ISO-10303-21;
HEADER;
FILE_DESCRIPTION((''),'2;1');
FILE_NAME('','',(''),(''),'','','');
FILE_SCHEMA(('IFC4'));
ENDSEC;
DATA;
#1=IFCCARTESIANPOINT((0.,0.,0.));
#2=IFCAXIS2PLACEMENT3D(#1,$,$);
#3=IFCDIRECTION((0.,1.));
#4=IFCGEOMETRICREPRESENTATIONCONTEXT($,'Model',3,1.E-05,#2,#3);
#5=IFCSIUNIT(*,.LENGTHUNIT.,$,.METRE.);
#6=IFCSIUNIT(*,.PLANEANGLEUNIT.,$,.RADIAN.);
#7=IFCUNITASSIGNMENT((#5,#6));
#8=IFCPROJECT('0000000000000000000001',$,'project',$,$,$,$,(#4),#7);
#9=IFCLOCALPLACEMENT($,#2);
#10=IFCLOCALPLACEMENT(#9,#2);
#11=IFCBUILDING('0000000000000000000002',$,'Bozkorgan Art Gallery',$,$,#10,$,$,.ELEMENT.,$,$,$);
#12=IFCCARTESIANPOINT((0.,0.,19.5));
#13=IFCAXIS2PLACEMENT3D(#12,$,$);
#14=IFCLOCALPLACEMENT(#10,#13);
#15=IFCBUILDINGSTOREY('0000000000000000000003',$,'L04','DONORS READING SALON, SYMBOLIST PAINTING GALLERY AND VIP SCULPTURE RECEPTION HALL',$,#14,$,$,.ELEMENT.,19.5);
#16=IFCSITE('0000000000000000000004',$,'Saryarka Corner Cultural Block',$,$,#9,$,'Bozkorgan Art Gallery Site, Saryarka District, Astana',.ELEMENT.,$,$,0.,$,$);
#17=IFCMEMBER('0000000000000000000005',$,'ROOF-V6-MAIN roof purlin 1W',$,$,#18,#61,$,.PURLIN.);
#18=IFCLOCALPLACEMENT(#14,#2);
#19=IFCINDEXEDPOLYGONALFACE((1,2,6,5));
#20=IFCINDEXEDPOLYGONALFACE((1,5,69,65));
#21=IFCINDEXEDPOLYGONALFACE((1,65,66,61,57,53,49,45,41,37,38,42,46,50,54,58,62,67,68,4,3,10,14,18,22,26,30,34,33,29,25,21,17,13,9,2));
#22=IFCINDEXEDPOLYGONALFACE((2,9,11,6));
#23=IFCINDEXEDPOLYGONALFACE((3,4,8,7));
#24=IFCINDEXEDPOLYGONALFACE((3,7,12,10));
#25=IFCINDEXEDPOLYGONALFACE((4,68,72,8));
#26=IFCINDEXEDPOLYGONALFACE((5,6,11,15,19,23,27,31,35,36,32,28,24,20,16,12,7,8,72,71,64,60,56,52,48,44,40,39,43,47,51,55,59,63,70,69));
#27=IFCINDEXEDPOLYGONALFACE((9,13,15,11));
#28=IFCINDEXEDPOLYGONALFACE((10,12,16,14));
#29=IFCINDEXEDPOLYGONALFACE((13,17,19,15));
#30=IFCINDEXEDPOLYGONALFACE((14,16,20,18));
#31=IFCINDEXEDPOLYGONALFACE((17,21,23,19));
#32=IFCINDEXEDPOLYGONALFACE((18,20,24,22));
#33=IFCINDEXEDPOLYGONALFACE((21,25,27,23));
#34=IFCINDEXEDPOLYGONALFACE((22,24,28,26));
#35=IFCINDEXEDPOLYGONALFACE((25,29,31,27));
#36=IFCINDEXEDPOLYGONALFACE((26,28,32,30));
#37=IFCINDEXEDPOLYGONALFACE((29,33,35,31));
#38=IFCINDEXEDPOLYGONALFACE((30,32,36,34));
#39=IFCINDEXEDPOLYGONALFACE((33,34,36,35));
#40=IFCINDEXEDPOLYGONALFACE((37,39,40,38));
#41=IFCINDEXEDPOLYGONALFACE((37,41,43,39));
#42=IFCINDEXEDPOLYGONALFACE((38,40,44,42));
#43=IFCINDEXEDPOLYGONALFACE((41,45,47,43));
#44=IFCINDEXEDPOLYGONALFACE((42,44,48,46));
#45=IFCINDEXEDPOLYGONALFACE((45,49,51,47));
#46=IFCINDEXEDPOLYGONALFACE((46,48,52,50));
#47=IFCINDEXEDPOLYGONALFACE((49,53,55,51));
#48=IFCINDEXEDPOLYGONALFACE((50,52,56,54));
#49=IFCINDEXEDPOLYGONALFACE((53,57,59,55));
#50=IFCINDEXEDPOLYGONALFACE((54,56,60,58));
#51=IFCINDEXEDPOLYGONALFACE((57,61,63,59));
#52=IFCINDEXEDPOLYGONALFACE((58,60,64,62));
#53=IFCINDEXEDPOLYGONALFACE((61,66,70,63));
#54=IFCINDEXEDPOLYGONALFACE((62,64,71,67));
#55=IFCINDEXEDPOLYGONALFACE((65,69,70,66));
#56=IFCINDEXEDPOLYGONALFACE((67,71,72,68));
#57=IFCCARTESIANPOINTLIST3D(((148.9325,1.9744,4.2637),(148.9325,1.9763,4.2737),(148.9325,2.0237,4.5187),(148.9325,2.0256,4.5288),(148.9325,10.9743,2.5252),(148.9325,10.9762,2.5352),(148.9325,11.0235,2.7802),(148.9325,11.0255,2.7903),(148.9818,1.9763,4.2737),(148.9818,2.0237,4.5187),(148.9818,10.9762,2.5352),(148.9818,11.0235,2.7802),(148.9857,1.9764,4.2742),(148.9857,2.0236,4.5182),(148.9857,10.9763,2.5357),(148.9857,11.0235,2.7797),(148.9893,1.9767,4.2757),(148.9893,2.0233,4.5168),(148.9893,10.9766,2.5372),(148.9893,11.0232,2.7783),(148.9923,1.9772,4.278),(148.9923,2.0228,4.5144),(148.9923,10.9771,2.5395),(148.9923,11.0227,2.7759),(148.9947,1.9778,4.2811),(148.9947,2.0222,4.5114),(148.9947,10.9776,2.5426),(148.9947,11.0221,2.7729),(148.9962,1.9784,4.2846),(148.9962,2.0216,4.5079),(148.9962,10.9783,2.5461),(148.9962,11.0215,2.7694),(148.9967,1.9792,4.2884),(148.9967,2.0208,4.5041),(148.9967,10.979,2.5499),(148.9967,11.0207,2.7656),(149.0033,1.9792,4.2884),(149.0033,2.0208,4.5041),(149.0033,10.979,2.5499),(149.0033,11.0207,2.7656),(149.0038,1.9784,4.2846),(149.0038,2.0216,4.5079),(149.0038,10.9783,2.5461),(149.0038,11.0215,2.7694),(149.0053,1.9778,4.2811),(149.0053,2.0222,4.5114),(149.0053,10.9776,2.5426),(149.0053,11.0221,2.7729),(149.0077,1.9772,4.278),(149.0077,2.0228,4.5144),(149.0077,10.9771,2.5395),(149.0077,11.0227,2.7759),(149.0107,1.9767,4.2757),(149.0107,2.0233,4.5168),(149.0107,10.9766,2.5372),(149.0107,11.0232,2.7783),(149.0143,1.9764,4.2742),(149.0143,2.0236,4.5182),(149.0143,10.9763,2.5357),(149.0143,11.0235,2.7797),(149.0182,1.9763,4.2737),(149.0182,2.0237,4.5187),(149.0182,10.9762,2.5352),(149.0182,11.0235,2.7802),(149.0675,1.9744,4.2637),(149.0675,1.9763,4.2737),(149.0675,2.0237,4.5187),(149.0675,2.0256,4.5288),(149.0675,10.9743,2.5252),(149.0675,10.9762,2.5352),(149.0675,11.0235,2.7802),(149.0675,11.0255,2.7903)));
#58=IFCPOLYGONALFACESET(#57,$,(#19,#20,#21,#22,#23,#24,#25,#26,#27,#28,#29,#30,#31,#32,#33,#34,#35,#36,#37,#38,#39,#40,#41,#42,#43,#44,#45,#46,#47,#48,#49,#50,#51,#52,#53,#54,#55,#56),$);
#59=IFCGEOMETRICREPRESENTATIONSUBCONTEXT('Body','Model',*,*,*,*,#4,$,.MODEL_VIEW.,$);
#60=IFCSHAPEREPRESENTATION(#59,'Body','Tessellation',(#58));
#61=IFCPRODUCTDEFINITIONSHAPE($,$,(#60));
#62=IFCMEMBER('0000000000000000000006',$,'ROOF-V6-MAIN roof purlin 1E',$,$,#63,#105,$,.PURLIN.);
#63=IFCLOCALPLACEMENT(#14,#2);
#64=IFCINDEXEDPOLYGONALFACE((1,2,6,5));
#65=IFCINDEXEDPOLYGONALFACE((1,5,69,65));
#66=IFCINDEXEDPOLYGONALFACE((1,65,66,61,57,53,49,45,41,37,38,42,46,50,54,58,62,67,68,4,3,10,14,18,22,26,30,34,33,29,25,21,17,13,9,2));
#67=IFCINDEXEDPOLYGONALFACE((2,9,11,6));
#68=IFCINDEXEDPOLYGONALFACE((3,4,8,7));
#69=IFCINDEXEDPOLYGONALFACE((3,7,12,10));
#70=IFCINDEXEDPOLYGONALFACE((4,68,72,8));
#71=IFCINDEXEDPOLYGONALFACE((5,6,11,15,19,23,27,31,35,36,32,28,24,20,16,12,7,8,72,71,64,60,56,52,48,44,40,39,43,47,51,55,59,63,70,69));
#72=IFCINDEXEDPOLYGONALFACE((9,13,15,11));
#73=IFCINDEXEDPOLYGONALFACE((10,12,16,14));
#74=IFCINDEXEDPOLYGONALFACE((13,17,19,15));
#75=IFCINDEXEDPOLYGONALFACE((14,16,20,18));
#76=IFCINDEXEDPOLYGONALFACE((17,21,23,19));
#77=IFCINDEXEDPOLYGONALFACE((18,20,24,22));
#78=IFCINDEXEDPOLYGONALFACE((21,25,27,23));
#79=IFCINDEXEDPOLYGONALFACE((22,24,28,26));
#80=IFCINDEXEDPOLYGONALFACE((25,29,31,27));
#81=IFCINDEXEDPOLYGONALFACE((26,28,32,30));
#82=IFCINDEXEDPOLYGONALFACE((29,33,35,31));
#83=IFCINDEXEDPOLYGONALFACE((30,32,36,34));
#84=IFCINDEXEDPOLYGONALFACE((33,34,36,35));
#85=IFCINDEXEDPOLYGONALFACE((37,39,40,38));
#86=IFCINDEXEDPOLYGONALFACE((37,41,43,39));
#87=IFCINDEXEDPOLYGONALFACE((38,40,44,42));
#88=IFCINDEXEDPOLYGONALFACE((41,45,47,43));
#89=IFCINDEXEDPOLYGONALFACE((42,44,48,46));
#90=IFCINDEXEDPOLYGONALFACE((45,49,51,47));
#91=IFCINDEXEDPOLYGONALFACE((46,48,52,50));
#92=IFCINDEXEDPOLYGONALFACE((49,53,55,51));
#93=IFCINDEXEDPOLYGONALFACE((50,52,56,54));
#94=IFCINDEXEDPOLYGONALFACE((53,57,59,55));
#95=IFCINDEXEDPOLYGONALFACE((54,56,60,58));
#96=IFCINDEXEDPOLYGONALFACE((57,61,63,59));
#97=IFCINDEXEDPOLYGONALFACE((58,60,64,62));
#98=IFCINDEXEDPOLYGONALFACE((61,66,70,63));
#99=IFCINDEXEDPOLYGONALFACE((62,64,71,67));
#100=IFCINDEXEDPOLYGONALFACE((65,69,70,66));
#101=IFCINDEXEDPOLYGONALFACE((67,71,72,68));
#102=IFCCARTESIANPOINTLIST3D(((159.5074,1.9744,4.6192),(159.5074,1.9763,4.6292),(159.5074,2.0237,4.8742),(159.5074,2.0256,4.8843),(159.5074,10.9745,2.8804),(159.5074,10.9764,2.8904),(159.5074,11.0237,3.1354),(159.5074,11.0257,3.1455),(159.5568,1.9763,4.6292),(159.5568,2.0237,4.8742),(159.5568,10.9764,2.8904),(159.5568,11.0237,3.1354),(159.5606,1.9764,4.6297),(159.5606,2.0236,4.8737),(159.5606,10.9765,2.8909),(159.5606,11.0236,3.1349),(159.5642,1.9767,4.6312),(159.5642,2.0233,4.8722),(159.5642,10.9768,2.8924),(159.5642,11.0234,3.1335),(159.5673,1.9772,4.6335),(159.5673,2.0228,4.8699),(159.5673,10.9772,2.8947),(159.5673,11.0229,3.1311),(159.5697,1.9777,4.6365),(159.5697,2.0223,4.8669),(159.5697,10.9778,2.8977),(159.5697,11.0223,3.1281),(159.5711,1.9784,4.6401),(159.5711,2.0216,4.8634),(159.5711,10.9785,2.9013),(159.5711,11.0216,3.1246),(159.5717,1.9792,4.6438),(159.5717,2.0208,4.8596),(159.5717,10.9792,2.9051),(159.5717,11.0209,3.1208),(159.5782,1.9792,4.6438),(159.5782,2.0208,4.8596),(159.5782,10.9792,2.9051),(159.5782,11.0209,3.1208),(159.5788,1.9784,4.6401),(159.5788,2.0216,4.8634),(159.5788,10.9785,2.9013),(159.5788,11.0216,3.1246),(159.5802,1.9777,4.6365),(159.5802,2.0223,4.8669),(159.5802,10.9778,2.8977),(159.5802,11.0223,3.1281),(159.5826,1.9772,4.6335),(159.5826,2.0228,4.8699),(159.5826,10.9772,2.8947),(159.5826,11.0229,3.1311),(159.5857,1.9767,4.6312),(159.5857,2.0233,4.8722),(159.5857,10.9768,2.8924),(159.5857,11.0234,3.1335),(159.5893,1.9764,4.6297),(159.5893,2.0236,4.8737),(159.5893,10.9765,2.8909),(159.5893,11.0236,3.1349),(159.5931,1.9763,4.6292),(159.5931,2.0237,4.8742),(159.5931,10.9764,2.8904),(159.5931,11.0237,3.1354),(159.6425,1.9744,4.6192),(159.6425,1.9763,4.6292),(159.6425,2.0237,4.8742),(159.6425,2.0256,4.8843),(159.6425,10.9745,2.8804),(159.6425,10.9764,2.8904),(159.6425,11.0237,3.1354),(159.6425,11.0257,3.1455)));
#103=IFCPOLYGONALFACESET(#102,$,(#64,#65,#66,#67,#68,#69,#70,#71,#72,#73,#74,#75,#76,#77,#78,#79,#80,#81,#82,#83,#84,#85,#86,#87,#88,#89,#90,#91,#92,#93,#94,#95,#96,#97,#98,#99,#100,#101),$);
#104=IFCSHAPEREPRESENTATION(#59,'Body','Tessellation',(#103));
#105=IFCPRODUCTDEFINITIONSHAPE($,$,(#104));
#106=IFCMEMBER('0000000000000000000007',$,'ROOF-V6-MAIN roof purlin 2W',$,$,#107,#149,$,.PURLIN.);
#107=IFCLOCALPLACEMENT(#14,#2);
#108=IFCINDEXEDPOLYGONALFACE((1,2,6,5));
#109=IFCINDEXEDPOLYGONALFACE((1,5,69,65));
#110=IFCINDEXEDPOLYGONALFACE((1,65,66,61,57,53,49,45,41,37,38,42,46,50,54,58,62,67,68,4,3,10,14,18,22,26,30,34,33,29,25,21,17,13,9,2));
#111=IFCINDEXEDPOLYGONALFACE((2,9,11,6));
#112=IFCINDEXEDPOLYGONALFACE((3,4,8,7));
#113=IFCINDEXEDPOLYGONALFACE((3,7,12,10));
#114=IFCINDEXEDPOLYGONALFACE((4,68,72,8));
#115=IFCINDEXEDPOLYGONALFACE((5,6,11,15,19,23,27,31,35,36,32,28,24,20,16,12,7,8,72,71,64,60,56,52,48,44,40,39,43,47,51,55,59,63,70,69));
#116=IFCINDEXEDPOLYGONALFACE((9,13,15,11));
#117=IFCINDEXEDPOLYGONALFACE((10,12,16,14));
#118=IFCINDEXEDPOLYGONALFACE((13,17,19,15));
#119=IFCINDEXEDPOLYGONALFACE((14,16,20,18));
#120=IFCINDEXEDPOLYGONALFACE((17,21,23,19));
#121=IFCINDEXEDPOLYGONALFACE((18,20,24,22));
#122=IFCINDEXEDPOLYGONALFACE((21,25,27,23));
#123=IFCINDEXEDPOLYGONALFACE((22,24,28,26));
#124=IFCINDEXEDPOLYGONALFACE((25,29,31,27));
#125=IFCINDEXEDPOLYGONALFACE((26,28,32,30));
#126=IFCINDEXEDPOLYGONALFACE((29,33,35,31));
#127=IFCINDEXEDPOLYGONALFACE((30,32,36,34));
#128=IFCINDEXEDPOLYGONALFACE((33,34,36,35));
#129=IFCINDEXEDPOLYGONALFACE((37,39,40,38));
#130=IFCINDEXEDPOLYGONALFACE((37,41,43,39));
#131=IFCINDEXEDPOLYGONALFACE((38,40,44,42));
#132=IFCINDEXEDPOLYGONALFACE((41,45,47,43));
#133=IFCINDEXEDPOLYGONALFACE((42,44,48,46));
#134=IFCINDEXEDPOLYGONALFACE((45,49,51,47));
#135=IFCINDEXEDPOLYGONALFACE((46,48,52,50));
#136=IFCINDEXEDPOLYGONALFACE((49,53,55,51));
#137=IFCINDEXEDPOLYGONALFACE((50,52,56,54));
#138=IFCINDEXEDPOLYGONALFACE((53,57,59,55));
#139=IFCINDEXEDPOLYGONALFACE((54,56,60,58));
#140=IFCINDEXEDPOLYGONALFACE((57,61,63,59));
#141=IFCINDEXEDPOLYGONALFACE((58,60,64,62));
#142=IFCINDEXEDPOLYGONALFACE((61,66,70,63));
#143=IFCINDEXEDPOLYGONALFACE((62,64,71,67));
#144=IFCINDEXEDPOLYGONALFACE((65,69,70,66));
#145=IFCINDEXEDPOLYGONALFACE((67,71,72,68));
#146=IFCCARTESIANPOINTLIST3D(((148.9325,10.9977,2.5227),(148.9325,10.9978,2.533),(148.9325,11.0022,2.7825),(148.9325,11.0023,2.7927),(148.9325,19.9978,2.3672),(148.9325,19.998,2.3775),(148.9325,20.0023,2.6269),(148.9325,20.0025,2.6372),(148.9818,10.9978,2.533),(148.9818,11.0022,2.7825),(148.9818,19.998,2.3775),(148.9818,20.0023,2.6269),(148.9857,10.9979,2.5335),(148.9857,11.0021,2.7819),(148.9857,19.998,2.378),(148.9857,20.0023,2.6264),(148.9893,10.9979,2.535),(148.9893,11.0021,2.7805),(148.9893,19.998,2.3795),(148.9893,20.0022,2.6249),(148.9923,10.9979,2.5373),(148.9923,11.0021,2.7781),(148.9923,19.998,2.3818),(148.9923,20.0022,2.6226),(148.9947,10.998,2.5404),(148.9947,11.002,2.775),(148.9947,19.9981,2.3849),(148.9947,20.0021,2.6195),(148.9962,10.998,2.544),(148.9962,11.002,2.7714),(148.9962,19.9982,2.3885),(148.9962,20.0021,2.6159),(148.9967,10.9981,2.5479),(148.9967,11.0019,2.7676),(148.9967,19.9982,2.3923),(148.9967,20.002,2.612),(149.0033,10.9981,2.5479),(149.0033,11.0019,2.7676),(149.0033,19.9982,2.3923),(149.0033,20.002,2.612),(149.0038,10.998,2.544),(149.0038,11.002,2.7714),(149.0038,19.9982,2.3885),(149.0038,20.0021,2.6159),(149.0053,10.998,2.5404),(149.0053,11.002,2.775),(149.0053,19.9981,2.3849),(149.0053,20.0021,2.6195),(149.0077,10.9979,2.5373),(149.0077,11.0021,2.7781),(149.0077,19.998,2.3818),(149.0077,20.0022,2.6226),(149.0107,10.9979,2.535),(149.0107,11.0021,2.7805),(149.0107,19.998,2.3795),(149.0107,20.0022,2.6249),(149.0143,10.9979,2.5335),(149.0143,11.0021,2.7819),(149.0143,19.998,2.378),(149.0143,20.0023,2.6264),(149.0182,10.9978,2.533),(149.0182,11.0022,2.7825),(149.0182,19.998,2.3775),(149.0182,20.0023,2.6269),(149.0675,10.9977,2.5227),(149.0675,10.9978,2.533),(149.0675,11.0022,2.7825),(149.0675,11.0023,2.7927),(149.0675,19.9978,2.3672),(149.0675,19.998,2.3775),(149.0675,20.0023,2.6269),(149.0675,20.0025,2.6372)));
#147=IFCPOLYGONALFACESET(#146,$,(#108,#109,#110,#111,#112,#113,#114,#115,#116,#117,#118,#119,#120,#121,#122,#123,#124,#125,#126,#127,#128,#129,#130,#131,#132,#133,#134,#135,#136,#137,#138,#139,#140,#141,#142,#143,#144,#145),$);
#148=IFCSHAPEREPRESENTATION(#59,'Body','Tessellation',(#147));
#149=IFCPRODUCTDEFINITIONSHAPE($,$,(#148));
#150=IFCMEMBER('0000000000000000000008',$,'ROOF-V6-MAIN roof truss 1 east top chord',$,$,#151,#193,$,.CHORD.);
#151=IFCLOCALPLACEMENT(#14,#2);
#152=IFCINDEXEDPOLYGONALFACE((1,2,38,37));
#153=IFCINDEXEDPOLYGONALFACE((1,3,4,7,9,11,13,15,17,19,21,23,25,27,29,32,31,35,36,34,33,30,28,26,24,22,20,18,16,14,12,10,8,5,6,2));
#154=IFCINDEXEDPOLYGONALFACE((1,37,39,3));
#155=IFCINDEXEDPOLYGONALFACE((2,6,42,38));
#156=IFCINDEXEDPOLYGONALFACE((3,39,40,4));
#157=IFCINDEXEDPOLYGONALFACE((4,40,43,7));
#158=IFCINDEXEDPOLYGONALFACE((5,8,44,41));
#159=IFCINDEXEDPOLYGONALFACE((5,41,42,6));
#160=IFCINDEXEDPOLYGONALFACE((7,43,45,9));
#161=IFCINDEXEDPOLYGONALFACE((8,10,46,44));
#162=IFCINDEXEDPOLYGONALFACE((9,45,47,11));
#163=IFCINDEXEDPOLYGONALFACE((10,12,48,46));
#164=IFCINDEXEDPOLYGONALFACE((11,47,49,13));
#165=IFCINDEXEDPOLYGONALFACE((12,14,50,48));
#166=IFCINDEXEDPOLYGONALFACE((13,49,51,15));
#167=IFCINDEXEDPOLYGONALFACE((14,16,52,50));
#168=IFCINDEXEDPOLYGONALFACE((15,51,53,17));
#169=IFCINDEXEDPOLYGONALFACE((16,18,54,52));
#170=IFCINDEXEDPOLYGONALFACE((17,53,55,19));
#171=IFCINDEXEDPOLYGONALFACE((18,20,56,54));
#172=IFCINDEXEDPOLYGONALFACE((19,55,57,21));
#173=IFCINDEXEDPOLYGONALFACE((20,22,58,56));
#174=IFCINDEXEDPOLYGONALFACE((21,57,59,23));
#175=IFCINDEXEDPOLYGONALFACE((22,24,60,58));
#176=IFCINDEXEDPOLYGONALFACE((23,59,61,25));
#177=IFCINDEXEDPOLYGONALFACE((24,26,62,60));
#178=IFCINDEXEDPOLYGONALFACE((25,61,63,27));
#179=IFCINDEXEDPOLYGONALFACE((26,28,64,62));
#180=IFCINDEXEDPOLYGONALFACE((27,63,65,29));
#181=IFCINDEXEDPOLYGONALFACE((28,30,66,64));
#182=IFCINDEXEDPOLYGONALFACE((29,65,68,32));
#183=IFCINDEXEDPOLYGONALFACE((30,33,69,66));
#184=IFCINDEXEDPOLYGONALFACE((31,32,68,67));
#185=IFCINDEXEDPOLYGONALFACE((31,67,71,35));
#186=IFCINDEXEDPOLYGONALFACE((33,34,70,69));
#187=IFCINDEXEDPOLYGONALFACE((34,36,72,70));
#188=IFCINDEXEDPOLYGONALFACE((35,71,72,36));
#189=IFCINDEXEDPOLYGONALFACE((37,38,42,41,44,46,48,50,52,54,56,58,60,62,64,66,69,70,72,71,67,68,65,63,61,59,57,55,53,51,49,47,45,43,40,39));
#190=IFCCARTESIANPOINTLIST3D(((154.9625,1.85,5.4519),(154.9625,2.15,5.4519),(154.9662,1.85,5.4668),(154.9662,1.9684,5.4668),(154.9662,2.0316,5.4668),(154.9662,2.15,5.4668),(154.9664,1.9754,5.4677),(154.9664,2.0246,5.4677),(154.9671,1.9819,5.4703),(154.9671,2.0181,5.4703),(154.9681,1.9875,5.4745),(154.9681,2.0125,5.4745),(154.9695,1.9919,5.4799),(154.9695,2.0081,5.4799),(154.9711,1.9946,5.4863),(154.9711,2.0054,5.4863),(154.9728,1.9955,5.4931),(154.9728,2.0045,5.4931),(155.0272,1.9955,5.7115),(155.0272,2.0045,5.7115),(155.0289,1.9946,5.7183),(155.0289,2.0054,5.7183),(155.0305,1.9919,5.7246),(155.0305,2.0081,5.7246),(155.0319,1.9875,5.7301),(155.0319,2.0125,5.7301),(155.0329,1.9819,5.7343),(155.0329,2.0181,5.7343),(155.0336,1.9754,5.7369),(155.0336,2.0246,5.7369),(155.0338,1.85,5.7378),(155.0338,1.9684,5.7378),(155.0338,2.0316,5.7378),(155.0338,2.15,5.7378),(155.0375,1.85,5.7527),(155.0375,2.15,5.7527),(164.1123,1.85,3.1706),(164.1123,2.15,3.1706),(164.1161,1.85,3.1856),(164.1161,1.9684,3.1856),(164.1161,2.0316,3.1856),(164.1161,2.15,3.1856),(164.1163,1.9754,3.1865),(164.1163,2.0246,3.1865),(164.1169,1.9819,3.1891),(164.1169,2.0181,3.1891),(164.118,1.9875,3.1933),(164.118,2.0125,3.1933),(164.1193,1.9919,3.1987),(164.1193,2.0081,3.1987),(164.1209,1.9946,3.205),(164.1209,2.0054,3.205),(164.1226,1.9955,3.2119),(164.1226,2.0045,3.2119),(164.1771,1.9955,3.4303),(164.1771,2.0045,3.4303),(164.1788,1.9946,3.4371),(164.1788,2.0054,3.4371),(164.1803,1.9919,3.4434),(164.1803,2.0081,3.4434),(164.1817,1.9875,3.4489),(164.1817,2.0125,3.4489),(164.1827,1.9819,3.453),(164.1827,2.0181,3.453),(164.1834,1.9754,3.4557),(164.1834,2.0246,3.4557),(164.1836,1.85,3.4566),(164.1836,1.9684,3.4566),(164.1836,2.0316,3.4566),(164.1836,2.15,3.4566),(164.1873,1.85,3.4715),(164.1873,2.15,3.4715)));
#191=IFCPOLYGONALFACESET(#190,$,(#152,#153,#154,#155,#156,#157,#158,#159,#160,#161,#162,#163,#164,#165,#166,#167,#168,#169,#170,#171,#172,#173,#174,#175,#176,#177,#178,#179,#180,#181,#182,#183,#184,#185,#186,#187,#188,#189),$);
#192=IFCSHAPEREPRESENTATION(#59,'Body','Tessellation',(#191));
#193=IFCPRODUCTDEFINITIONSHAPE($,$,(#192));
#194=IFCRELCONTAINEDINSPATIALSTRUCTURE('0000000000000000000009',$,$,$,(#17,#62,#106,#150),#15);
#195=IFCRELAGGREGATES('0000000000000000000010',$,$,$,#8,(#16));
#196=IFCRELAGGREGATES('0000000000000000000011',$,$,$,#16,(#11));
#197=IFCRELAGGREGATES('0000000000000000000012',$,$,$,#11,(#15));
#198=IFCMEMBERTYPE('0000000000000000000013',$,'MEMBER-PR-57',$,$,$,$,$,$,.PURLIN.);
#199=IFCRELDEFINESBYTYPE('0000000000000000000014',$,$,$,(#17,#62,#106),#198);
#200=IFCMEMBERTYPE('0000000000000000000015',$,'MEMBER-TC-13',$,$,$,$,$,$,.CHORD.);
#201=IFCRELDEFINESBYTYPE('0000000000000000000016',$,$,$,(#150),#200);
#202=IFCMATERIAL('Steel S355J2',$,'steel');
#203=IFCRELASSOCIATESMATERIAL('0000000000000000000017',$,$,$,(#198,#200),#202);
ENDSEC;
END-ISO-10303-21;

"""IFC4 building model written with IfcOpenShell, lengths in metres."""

from ifc_helpers import new_model, si_unit, direction, frame, origin, origin_2d, place, context, subcontext, project, spatial, i_section, extrude, material, material_profile, profile_set, type_object, element, save


model = new_model("IFC4")

# Units and contexts
model_context = context("Model", 3, precision=1e-05, world=origin(), true_north=direction((0.0, 1.0)))
body_context = subcontext(model_context, "Body", "Model", "MODEL_VIEW")
ifc_project = project(units=[si_unit("LENGTHUNIT", "METRE"), si_unit("PLANEANGLEUNIT", "RADIAN")], contexts=[model_context])

# Site, building, storey
site_placement = place(None, origin())
site = spatial("IfcSite", under=ifc_project, at=site_placement, Name="Saryarka Corner Cultural Block", LongName="Bozkorgan Art Gallery Site, Saryarka District, Astana", CompositionType="ELEMENT", RefElevation=0.0)
building_placement = place(site_placement, origin())
building = spatial("IfcBuilding", under=site, at=building_placement, Name="Bozkorgan Art Gallery", CompositionType="ELEMENT")
storey_placement = place(building_placement, frame((0.0, 0.0, 19.5)))
storey = spatial("IfcBuildingStorey", under=building, at=storey_placement, Name="L04", Description="DONORS READING SALON, SYMBOLIST PAINTING GALLERY AND VIP SCULPTURE RECEPTION HALL", CompositionType="ELEMENT", Elevation=19.5)

# Members
ifc_material_1 = material(Name="Steel S355J2", Category="steel")
ifc_material_profile_1 = material_profile(ifc_material_1, i_section(OverallWidth=0.135, OverallDepth=0.27, WebThickness=0.0066, FlangeThickness=0.0103, FilletRadius=0.0149, at=origin_2d()), Name="IPE 270")
ifc_profile_set_1 = profile_set([ifc_material_profile_1], Name="Steel S355J2")
member_type_1 = type_object("IfcMemberType", Name="MEMBER-PR-57", PredefinedType="PURLIN", material=ifc_profile_set_1)
member_1_placement = place(storey_placement, frame((149.0, 2.0, 4.3962), z_axis=(0.0, 0.981849, -0.189663), x_axis=(-1.0, 0.0, 0.0)))
element("IfcMember", 1, at=member_1_placement, inside=storey, type_object=member_type_1, Name="ROOF-V6-MAIN roof purlin 1W", PredefinedType="PURLIN", context=body_context, shape_type="SweptSolid", body=[
    extrude(i_section(OverallWidth=0.135, OverallDepth=0.27, WebThickness=0.0066, FlangeThickness=0.0103, FilletRadius=0.0149, at=origin_2d()), origin(), (0.0, 0.0, 1.0), 9.1663),
])
member_2_placement = place(storey_placement, frame((159.575, 2.0, 4.7517), z_axis=(0.0, 0.981844, -0.189689), x_axis=(-1.0, 0.0, 0.0)))
element("IfcMember", 2, at=member_2_placement, inside=storey, type_object=member_type_1, Name="ROOF-V6-MAIN roof purlin 1E", PredefinedType="PURLIN", context=body_context, shape_type="SweptSolid", body=[
    extrude(i_section(OverallWidth=0.135, OverallDepth=0.27, WebThickness=0.0066, FlangeThickness=0.0103, FilletRadius=0.0149, at=origin_2d()), origin(), (0.0, 0.0, 1.0), 9.1665),
])
member_3_placement = place(storey_placement, frame((149.0, 11.0, 2.6577), z_axis=(0.0, 0.999851, -0.017277), x_axis=(-1.0, 0.0, 0.0)))
element("IfcMember", 3, at=member_3_placement, inside=storey, type_object=member_type_1, Name="ROOF-V6-MAIN roof purlin 2W", PredefinedType="PURLIN", context=body_context, shape_type="SweptSolid", body=[
    extrude(i_section(OverallWidth=0.135, OverallDepth=0.27, WebThickness=0.0066, FlangeThickness=0.0103, FilletRadius=0.0149, at=origin_2d()), origin(), (0.0, 0.0, 1.0), 9.0015),
])
ifc_material_profile_2 = material_profile(ifc_material_1, i_section(OverallWidth=0.3, OverallDepth=0.3101, WebThickness=0.009, FlangeThickness=0.0154, FilletRadius=0.0271, at=origin_2d()), Name="HEA 320")
ifc_profile_set_2 = profile_set([ifc_material_profile_2], Name="Steel S355J2")
member_type_2 = type_object("IfcMemberType", Name="MEMBER-TC-13", PredefinedType="CHORD", material=ifc_profile_set_2)
for number, where, z_axis, x_axis, name in (
    (4, (155.0, 2.0, 5.6023), (0.970298, 0.0, -0.241914), (0.0, 1.0, 0.0), "ROOF-V6-MAIN roof truss 1 east top chord"),
):
    element("IfcMember", number, at=place(storey_placement, frame(where, z_axis=z_axis, x_axis=x_axis)), inside=storey, type_object=member_type_2, Name=name, PredefinedType="CHORD", context=body_context, shape_type="SweptSolid", body=[
        extrude(i_section(OverallWidth=0.3, OverallDepth=0.3101, WebThickness=0.009, FlangeThickness=0.0154, FilletRadius=0.0271, at=origin_2d()), origin(), (0.0, 0.0, 1.0), 9.4299),
    ])

save(model, "model.ifc")
